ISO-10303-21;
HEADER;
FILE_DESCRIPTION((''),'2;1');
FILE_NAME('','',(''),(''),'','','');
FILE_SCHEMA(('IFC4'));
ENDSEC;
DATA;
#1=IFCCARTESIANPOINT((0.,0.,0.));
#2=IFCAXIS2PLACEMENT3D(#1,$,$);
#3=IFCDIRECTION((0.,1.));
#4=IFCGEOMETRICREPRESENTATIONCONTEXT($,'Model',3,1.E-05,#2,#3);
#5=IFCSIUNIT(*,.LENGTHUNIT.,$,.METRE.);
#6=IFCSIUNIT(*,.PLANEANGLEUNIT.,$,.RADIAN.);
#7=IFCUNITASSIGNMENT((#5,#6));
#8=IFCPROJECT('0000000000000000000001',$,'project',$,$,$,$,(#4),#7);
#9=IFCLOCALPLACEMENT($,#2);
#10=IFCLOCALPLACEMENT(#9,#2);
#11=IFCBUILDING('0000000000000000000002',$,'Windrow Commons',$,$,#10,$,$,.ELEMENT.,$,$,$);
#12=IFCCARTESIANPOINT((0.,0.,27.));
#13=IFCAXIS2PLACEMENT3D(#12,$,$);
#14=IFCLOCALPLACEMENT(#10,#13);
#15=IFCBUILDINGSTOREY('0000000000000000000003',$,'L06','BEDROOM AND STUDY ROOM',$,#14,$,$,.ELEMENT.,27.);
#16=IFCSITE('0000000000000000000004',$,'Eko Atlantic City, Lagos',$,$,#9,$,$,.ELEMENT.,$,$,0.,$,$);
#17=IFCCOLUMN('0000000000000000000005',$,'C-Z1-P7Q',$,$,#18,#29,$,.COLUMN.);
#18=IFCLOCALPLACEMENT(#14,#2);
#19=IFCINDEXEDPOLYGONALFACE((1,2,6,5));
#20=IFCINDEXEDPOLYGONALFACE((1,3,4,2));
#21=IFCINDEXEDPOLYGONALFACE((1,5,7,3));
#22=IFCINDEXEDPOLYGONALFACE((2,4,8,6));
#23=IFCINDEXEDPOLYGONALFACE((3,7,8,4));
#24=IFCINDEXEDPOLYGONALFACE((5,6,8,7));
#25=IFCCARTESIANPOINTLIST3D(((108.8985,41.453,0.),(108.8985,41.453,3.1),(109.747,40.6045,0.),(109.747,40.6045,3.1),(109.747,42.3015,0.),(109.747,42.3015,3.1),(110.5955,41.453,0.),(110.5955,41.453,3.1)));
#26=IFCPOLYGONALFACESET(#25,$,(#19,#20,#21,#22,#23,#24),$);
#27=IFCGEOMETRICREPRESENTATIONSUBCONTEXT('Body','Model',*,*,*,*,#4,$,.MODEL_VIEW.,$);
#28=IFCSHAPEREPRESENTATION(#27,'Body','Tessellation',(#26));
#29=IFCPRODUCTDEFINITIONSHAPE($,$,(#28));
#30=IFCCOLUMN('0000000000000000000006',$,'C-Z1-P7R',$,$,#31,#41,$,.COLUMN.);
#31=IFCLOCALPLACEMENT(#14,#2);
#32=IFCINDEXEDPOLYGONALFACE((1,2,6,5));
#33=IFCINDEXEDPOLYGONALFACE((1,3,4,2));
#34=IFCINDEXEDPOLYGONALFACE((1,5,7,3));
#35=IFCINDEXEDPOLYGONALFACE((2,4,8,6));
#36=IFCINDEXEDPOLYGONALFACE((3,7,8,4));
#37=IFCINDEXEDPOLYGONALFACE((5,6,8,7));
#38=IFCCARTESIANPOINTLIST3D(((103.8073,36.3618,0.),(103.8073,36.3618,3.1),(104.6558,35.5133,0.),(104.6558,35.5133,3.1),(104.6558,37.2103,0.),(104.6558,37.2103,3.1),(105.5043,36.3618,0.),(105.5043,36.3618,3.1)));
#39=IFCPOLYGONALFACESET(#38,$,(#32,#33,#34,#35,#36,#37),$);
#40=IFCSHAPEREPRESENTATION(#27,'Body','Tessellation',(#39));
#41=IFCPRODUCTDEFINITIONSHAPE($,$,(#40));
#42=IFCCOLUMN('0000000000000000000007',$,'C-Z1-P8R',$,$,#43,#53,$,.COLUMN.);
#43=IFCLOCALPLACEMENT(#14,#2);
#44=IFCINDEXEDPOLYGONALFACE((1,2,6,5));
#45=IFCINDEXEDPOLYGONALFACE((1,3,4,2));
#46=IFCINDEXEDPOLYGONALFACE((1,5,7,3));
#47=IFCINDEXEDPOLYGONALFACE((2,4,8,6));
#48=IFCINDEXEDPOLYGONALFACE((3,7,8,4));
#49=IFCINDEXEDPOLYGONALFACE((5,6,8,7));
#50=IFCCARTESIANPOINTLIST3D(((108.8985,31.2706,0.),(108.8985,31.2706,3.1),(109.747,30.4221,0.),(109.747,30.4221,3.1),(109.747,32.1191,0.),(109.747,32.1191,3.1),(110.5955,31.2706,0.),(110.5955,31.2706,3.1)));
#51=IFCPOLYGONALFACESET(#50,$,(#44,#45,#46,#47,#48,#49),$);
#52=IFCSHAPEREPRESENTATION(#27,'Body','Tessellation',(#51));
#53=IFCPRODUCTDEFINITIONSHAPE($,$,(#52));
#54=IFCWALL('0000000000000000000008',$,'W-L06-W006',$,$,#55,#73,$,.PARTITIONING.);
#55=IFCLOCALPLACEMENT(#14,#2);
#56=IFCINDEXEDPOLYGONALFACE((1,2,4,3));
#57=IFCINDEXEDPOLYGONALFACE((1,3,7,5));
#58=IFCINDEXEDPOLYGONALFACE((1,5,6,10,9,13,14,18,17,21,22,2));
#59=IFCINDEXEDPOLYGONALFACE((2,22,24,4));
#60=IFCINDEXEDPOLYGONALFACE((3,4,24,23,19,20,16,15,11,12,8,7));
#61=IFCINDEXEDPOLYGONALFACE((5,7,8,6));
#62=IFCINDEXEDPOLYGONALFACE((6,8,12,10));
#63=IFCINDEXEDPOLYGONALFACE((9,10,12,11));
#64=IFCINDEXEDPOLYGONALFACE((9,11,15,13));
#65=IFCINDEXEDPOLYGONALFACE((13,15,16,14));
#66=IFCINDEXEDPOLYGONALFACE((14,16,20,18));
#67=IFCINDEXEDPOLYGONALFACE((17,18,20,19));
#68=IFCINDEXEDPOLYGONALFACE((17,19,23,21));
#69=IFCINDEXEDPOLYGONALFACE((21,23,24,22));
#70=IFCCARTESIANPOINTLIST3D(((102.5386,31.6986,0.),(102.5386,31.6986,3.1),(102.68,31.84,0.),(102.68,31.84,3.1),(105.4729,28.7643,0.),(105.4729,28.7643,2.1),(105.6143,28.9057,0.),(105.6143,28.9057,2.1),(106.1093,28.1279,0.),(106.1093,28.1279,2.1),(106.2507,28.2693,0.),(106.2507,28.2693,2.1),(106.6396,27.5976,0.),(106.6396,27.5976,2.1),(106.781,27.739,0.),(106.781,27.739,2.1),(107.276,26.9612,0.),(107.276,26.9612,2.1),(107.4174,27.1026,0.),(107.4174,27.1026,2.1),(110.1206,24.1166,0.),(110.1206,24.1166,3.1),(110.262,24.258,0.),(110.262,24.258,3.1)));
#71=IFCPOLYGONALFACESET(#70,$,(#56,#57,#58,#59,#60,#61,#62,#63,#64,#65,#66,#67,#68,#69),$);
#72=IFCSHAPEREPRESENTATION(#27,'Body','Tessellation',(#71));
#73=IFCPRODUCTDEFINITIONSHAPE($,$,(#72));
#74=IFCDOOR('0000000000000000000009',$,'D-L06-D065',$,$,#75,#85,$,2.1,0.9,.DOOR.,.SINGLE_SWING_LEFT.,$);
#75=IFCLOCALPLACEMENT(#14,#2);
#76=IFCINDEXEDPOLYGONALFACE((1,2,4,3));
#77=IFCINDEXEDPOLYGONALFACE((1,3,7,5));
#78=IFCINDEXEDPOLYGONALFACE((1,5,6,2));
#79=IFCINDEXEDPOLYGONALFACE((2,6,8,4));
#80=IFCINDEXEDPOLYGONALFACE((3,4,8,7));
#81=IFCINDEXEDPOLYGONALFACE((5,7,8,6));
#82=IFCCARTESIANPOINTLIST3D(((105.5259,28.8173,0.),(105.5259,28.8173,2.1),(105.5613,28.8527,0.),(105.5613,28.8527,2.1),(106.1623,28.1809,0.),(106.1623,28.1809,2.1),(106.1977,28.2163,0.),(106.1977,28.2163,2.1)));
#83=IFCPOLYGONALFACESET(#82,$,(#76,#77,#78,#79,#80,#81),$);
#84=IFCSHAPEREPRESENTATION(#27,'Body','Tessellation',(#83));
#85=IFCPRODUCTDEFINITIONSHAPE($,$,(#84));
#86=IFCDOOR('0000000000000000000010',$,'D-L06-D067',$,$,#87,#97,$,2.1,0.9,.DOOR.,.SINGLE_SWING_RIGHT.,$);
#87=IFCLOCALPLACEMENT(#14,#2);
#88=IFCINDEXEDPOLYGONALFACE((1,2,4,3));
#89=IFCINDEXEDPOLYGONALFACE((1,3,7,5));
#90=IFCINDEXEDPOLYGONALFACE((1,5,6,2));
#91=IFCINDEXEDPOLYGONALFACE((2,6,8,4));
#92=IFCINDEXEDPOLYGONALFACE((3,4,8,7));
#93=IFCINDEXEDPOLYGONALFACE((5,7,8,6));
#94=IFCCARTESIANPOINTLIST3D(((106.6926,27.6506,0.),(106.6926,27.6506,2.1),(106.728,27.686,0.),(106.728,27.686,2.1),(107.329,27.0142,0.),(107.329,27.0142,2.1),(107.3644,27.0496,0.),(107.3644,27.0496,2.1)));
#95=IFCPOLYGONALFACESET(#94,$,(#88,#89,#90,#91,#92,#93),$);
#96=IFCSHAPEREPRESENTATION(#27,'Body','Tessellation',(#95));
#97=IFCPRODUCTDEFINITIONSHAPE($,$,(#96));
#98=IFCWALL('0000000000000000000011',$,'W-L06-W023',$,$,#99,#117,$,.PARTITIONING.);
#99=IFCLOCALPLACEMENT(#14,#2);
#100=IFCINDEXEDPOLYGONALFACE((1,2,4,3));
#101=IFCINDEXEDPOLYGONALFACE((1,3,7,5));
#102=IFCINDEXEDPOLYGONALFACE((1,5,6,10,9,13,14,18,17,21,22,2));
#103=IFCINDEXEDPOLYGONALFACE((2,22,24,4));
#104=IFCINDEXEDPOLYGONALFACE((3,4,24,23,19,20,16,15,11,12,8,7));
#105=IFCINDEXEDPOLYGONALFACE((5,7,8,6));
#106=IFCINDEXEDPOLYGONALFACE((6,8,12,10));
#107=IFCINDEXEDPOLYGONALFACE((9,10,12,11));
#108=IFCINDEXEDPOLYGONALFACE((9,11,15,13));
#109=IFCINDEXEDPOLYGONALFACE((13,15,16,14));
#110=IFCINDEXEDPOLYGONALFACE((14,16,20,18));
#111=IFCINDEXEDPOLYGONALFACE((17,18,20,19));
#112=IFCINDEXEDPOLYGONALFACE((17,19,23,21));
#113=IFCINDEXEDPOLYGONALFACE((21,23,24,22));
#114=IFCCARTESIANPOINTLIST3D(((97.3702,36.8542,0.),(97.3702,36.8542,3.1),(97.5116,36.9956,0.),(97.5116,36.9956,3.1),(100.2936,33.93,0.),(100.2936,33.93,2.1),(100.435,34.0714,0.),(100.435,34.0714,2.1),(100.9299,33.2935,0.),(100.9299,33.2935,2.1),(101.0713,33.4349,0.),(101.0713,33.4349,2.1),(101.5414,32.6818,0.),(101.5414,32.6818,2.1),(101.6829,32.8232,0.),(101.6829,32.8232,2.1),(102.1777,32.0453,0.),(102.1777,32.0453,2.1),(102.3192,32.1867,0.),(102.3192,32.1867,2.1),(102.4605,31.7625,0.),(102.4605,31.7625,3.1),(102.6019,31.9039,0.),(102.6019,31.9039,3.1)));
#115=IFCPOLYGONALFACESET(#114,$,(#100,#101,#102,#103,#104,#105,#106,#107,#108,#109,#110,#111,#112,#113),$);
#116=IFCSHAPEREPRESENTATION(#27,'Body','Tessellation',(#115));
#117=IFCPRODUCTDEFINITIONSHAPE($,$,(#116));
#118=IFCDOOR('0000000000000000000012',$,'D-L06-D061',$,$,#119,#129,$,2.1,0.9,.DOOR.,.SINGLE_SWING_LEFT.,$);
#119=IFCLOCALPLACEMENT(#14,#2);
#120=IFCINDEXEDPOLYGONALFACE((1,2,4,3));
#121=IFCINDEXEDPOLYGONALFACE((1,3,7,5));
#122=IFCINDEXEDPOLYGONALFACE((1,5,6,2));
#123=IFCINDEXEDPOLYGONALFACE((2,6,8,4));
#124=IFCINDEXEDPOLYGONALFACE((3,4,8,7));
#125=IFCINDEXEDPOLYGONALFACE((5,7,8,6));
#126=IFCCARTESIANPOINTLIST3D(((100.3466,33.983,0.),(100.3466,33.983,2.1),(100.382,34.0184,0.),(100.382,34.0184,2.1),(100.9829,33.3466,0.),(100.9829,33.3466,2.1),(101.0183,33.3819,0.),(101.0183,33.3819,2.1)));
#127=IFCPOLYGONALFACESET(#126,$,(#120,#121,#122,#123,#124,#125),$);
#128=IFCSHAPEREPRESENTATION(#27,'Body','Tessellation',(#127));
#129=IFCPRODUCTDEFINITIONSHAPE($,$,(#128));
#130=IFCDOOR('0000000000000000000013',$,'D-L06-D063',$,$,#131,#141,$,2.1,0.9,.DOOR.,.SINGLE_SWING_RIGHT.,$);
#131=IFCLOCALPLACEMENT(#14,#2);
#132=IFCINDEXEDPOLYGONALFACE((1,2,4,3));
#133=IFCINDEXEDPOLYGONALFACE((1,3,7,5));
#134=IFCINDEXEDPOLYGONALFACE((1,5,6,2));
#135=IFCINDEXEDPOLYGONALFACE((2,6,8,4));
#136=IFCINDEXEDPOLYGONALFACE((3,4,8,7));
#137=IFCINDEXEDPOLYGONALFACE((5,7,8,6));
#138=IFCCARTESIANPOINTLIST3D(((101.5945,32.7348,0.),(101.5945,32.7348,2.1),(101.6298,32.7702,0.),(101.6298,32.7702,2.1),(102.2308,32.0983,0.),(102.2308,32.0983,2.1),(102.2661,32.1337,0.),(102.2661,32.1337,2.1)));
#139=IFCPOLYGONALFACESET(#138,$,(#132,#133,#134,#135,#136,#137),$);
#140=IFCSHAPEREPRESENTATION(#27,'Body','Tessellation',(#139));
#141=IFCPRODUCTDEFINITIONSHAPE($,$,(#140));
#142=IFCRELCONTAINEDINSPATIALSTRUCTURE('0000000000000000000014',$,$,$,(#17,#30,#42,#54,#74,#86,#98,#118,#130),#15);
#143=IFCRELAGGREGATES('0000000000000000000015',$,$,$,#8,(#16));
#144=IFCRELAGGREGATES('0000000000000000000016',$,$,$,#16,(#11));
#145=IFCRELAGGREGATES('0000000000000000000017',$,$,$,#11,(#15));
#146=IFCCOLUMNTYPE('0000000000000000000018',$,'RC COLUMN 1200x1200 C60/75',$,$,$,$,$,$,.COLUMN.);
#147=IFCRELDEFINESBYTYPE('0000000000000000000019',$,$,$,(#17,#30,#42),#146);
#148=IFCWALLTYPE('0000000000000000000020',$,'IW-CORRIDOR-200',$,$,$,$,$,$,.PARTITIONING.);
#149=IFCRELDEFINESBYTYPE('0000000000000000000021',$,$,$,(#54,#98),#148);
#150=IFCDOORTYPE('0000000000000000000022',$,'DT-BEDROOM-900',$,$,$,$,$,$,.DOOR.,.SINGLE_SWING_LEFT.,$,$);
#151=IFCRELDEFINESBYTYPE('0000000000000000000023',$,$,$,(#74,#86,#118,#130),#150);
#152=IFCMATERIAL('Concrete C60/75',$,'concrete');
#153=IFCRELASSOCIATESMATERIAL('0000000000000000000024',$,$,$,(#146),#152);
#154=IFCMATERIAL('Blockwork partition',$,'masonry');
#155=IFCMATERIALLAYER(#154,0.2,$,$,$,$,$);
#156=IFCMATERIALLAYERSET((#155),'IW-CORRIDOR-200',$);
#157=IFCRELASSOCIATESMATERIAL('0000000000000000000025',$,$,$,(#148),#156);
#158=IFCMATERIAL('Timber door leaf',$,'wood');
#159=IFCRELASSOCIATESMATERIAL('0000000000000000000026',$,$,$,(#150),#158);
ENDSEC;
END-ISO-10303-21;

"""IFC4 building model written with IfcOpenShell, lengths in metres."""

from ifc_helpers import new_model, si_unit, direction, frame, frame_2d, origin, origin_2d, place, context, subcontext, project, spatial, rectangle, extrude, material, layer, layer_set, material_profile, profile_set, type_object, element, fill, save


model = new_model("IFC4")

# Units and contexts
model_context = context("Model", 3, precision=1e-05, world=origin(), true_north=direction((0.0, 1.0)))
body_context = subcontext(model_context, "Body", "Model", "MODEL_VIEW")
ifc_project = project(units=[si_unit("LENGTHUNIT", "METRE"), si_unit("PLANEANGLEUNIT", "RADIAN")], contexts=[model_context])

# Site, building, storey
site_placement = place(None, origin())
site = spatial("IfcSite", under=ifc_project, at=site_placement, Name="Eko Atlantic City, Lagos", CompositionType="ELEMENT", RefElevation=0.0)
building_placement = place(site_placement, origin())
building = spatial("IfcBuilding", under=site, at=building_placement, Name="Windrow Commons", CompositionType="ELEMENT")
storey_placement = place(building_placement, frame((0.0, 0.0, 27.0)))
storey = spatial("IfcBuildingStorey", under=building, at=storey_placement, Name="L06", Description="BEDROOM AND STUDY ROOM", CompositionType="ELEMENT", Elevation=27.0)

# Columns
ifc_material_1 = material(Name="Concrete C60/75", Category="concrete")
ifc_material_profile = material_profile(ifc_material_1, rectangle(XDim=1.2, YDim=1.2, at=origin_2d()))
ifc_profile_set = profile_set([ifc_material_profile], Name="Concrete C60/75")
column_type = type_object("IfcColumnType", Name="RC COLUMN 1200x1200 C60/75", PredefinedType="COLUMN", material=ifc_profile_set)
for number, where, z_axis, x_axis, name in (
    (1, (109.747, 41.453, 0.0), (0.0, 0.0, 1.0), (0.707107, -0.707107, 0.0), "C-Z1-P7Q"),
    (2, (104.6558, 36.3618, 0.0), (0.0, 0.0, 1.0), (0.707107, -0.707107, 0.0), "C-Z1-P7R"),
    (3, (109.747, 31.2706, 0.0), (0.0, 0.0, 1.0), (0.707107, -0.707107, 0.0), "C-Z1-P8R"),
):
    element("IfcColumn", number, at=place(storey_placement, frame(where, z_axis=z_axis, x_axis=x_axis)), inside=storey, type_object=column_type, Name=name, PredefinedType="COLUMN", context=body_context, shape_type="SweptSolid", body=[
        extrude(rectangle(XDim=1.2, YDim=1.2, at=origin_2d()), origin(), (0.0, 0.0, 1.0), 3.1),
    ])

# Walls, openings, doors
ifc_material_2 = material(Name="Blockwork partition", Category="masonry")
ifc_layer_1 = layer(ifc_material_2, 0.2)
ifc_layer_set_1 = layer_set([ifc_layer_1], Name="IW-CORRIDOR-200")
wall_type_1 = type_object("IfcWallType", Name="IW-CORRIDOR-200", PredefinedType="PARTITIONING", material=ifc_layer_set_1)
wall_1_placement = place(storey_placement, frame((102.6093, 31.7693, 0.0), z_axis=(0.0, 0.0, 1.0), x_axis=(0.707107, -0.707107, 0.0)))
wall_1 = element("IfcWall", 4, at=wall_1_placement, inside=storey, type_object=wall_type_1, Name="W-L06-W006", PredefinedType="PARTITIONING", context=body_context, shape_type="SweptSolid", body=[
    extrude(rectangle(XDim=10.7226, YDim=0.2, at=frame_2d((5.3613, 0.0))), origin(), (0.0, 0.0, 1.0), 3.1),
])
opening_1_placement = place(wall_1_placement, frame((4.1497, 0.0, 0.0)))
opening_1 = element("IfcOpeningElement", 5, at=opening_1_placement, cuts=wall_1, PredefinedType="OPENING", context=body_context, shape_type="SweptSolid", body=[
    extrude(rectangle(XDim=0.9, YDim=2.1, at=frame_2d((0.45, 1.05))), frame((0.0, 0.11, 0.0), z_axis=(0.0, -1.0, 0.0), x_axis=(1.0, 0.0, 0.0)), (0.0, 0.0, 1.0), 0.22),
])
opening_2_placement = place(wall_1_placement, frame((5.7997, 0.0, 0.0)))
opening_2 = element("IfcOpeningElement", 6, at=opening_2_placement, cuts=wall_1, PredefinedType="OPENING", context=body_context, shape_type="SweptSolid", body=[
    extrude(rectangle(XDim=0.9, YDim=2.1, at=frame_2d((0.45, 1.05))), frame((0.0, 0.11, 0.0), z_axis=(0.0, -1.0, 0.0), x_axis=(1.0, 0.0, 0.0)), (0.0, 0.0, 1.0), 0.22),
])
ifc_material_3 = material(Name="Timber door leaf", Category="wood")
door_type = type_object("IfcDoorType", Name="DT-BEDROOM-900", OperationType="SINGLE_SWING_LEFT", PredefinedType="DOOR", material=ifc_material_3)
door_1_placement = place(opening_1_placement, origin())
door_1 = element("IfcDoor", 7, at=door_1_placement, inside=storey, type_object=door_type, Name="D-L06-D065", OperationType="SINGLE_SWING_LEFT", OverallHeight=2.1, OverallWidth=0.9, PredefinedType="DOOR", context=body_context, shape_type="SweptSolid", body=[
    extrude(rectangle(XDim=0.9, YDim=2.1, at=frame_2d((0.45, 1.05))), frame((0.0, 0.025, 0.0), z_axis=(0.0, -1.0, 0.0), x_axis=(1.0, 0.0, 0.0)), (0.0, 0.0, 1.0), 0.05),
])
fill(opening_1, door_1)
door_2_placement = place(opening_2_placement, origin())
door_2 = element("IfcDoor", 8, at=door_2_placement, inside=storey, type_object=door_type, Name="D-L06-D067", OperationType="SINGLE_SWING_RIGHT", OverallHeight=2.1, OverallWidth=0.9, PredefinedType="DOOR", context=body_context, shape_type="SweptSolid", body=[
    extrude(rectangle(XDim=0.9, YDim=2.1, at=frame_2d((0.45, 1.05))), frame((0.0, 0.025, 0.0), z_axis=(0.0, -1.0, 0.0), x_axis=(1.0, 0.0, 0.0)), (0.0, 0.0, 1.0), 0.05),
])
fill(opening_2, door_2)
wall_2_placement = place(storey_placement, frame((102.5312, 31.8332, 0.0), z_axis=(0.0, 0.0, 1.0), x_axis=(-0.70701, 0.707204, 0.0)))
wall_2 = element("IfcWall", 9, at=wall_2_placement, inside=storey, type_object=wall_type_1, Name="W-L06-W023", PredefinedType="PARTITIONING", context=body_context, shape_type="SweptSolid", body=[
    extrude(rectangle(XDim=7.1998, YDim=0.2, at=frame_2d((3.5999, 0.0))), origin(), (0.0, 0.0, 1.0), 3.1),
])
opening_3_placement = place(wall_2_placement, frame((2.1649, 0.0, 0.0)))
opening_3 = element("IfcOpeningElement", 10, at=opening_3_placement, cuts=wall_2, PredefinedType="OPENING", context=body_context, shape_type="SweptSolid", body=[
    extrude(rectangle(XDim=0.9, YDim=2.1, at=frame_2d((0.45, 1.05))), frame((0.0, 0.11, 0.0), z_axis=(0.0, -1.0, 0.0), x_axis=(1.0, 0.0, 0.0)), (0.0, 0.0, 1.0), 0.22),
])
opening_4_placement = place(wall_2_placement, frame((0.3999, 0.0, 0.0)))
opening_4 = element("IfcOpeningElement", 11, at=opening_4_placement, cuts=wall_2, PredefinedType="OPENING", context=body_context, shape_type="SweptSolid", body=[
    extrude(rectangle(XDim=0.9, YDim=2.1, at=frame_2d((0.45, 1.05))), frame((0.0, 0.11, 0.0), z_axis=(0.0, -1.0, 0.0), x_axis=(1.0, 0.0, 0.0)), (0.0, 0.0, 1.0), 0.22),
])
door_3_placement = place(opening_3_placement, origin())
door_3 = element("IfcDoor", 12, at=door_3_placement, inside=storey, type_object=door_type, Name="D-L06-D061", OperationType="SINGLE_SWING_LEFT", OverallHeight=2.1, OverallWidth=0.9, PredefinedType="DOOR", context=body_context, shape_type="SweptSolid", body=[
    extrude(rectangle(XDim=0.9, YDim=2.1, at=frame_2d((0.45, 1.05))), frame((0.0, 0.025, 0.0), z_axis=(0.0, -1.0, 0.0), x_axis=(1.0, 0.0, 0.0)), (0.0, 0.0, 1.0), 0.05),
])
fill(opening_3, door_3)
door_4_placement = place(opening_4_placement, origin())
door_4 = element("IfcDoor", 13, at=door_4_placement, inside=storey, type_object=door_type, Name="D-L06-D063", OperationType="SINGLE_SWING_RIGHT", OverallHeight=2.1, OverallWidth=0.9, PredefinedType="DOOR", context=body_context, shape_type="SweptSolid", body=[
    extrude(rectangle(XDim=0.9, YDim=2.1, at=frame_2d((0.45, 1.05))), frame((0.0, 0.025, 0.0), z_axis=(0.0, -1.0, 0.0), x_axis=(1.0, 0.0, 0.0)), (0.0, 0.0, 1.0), 0.05),
])
fill(opening_4, door_4)

save(model, "model.ifc")
